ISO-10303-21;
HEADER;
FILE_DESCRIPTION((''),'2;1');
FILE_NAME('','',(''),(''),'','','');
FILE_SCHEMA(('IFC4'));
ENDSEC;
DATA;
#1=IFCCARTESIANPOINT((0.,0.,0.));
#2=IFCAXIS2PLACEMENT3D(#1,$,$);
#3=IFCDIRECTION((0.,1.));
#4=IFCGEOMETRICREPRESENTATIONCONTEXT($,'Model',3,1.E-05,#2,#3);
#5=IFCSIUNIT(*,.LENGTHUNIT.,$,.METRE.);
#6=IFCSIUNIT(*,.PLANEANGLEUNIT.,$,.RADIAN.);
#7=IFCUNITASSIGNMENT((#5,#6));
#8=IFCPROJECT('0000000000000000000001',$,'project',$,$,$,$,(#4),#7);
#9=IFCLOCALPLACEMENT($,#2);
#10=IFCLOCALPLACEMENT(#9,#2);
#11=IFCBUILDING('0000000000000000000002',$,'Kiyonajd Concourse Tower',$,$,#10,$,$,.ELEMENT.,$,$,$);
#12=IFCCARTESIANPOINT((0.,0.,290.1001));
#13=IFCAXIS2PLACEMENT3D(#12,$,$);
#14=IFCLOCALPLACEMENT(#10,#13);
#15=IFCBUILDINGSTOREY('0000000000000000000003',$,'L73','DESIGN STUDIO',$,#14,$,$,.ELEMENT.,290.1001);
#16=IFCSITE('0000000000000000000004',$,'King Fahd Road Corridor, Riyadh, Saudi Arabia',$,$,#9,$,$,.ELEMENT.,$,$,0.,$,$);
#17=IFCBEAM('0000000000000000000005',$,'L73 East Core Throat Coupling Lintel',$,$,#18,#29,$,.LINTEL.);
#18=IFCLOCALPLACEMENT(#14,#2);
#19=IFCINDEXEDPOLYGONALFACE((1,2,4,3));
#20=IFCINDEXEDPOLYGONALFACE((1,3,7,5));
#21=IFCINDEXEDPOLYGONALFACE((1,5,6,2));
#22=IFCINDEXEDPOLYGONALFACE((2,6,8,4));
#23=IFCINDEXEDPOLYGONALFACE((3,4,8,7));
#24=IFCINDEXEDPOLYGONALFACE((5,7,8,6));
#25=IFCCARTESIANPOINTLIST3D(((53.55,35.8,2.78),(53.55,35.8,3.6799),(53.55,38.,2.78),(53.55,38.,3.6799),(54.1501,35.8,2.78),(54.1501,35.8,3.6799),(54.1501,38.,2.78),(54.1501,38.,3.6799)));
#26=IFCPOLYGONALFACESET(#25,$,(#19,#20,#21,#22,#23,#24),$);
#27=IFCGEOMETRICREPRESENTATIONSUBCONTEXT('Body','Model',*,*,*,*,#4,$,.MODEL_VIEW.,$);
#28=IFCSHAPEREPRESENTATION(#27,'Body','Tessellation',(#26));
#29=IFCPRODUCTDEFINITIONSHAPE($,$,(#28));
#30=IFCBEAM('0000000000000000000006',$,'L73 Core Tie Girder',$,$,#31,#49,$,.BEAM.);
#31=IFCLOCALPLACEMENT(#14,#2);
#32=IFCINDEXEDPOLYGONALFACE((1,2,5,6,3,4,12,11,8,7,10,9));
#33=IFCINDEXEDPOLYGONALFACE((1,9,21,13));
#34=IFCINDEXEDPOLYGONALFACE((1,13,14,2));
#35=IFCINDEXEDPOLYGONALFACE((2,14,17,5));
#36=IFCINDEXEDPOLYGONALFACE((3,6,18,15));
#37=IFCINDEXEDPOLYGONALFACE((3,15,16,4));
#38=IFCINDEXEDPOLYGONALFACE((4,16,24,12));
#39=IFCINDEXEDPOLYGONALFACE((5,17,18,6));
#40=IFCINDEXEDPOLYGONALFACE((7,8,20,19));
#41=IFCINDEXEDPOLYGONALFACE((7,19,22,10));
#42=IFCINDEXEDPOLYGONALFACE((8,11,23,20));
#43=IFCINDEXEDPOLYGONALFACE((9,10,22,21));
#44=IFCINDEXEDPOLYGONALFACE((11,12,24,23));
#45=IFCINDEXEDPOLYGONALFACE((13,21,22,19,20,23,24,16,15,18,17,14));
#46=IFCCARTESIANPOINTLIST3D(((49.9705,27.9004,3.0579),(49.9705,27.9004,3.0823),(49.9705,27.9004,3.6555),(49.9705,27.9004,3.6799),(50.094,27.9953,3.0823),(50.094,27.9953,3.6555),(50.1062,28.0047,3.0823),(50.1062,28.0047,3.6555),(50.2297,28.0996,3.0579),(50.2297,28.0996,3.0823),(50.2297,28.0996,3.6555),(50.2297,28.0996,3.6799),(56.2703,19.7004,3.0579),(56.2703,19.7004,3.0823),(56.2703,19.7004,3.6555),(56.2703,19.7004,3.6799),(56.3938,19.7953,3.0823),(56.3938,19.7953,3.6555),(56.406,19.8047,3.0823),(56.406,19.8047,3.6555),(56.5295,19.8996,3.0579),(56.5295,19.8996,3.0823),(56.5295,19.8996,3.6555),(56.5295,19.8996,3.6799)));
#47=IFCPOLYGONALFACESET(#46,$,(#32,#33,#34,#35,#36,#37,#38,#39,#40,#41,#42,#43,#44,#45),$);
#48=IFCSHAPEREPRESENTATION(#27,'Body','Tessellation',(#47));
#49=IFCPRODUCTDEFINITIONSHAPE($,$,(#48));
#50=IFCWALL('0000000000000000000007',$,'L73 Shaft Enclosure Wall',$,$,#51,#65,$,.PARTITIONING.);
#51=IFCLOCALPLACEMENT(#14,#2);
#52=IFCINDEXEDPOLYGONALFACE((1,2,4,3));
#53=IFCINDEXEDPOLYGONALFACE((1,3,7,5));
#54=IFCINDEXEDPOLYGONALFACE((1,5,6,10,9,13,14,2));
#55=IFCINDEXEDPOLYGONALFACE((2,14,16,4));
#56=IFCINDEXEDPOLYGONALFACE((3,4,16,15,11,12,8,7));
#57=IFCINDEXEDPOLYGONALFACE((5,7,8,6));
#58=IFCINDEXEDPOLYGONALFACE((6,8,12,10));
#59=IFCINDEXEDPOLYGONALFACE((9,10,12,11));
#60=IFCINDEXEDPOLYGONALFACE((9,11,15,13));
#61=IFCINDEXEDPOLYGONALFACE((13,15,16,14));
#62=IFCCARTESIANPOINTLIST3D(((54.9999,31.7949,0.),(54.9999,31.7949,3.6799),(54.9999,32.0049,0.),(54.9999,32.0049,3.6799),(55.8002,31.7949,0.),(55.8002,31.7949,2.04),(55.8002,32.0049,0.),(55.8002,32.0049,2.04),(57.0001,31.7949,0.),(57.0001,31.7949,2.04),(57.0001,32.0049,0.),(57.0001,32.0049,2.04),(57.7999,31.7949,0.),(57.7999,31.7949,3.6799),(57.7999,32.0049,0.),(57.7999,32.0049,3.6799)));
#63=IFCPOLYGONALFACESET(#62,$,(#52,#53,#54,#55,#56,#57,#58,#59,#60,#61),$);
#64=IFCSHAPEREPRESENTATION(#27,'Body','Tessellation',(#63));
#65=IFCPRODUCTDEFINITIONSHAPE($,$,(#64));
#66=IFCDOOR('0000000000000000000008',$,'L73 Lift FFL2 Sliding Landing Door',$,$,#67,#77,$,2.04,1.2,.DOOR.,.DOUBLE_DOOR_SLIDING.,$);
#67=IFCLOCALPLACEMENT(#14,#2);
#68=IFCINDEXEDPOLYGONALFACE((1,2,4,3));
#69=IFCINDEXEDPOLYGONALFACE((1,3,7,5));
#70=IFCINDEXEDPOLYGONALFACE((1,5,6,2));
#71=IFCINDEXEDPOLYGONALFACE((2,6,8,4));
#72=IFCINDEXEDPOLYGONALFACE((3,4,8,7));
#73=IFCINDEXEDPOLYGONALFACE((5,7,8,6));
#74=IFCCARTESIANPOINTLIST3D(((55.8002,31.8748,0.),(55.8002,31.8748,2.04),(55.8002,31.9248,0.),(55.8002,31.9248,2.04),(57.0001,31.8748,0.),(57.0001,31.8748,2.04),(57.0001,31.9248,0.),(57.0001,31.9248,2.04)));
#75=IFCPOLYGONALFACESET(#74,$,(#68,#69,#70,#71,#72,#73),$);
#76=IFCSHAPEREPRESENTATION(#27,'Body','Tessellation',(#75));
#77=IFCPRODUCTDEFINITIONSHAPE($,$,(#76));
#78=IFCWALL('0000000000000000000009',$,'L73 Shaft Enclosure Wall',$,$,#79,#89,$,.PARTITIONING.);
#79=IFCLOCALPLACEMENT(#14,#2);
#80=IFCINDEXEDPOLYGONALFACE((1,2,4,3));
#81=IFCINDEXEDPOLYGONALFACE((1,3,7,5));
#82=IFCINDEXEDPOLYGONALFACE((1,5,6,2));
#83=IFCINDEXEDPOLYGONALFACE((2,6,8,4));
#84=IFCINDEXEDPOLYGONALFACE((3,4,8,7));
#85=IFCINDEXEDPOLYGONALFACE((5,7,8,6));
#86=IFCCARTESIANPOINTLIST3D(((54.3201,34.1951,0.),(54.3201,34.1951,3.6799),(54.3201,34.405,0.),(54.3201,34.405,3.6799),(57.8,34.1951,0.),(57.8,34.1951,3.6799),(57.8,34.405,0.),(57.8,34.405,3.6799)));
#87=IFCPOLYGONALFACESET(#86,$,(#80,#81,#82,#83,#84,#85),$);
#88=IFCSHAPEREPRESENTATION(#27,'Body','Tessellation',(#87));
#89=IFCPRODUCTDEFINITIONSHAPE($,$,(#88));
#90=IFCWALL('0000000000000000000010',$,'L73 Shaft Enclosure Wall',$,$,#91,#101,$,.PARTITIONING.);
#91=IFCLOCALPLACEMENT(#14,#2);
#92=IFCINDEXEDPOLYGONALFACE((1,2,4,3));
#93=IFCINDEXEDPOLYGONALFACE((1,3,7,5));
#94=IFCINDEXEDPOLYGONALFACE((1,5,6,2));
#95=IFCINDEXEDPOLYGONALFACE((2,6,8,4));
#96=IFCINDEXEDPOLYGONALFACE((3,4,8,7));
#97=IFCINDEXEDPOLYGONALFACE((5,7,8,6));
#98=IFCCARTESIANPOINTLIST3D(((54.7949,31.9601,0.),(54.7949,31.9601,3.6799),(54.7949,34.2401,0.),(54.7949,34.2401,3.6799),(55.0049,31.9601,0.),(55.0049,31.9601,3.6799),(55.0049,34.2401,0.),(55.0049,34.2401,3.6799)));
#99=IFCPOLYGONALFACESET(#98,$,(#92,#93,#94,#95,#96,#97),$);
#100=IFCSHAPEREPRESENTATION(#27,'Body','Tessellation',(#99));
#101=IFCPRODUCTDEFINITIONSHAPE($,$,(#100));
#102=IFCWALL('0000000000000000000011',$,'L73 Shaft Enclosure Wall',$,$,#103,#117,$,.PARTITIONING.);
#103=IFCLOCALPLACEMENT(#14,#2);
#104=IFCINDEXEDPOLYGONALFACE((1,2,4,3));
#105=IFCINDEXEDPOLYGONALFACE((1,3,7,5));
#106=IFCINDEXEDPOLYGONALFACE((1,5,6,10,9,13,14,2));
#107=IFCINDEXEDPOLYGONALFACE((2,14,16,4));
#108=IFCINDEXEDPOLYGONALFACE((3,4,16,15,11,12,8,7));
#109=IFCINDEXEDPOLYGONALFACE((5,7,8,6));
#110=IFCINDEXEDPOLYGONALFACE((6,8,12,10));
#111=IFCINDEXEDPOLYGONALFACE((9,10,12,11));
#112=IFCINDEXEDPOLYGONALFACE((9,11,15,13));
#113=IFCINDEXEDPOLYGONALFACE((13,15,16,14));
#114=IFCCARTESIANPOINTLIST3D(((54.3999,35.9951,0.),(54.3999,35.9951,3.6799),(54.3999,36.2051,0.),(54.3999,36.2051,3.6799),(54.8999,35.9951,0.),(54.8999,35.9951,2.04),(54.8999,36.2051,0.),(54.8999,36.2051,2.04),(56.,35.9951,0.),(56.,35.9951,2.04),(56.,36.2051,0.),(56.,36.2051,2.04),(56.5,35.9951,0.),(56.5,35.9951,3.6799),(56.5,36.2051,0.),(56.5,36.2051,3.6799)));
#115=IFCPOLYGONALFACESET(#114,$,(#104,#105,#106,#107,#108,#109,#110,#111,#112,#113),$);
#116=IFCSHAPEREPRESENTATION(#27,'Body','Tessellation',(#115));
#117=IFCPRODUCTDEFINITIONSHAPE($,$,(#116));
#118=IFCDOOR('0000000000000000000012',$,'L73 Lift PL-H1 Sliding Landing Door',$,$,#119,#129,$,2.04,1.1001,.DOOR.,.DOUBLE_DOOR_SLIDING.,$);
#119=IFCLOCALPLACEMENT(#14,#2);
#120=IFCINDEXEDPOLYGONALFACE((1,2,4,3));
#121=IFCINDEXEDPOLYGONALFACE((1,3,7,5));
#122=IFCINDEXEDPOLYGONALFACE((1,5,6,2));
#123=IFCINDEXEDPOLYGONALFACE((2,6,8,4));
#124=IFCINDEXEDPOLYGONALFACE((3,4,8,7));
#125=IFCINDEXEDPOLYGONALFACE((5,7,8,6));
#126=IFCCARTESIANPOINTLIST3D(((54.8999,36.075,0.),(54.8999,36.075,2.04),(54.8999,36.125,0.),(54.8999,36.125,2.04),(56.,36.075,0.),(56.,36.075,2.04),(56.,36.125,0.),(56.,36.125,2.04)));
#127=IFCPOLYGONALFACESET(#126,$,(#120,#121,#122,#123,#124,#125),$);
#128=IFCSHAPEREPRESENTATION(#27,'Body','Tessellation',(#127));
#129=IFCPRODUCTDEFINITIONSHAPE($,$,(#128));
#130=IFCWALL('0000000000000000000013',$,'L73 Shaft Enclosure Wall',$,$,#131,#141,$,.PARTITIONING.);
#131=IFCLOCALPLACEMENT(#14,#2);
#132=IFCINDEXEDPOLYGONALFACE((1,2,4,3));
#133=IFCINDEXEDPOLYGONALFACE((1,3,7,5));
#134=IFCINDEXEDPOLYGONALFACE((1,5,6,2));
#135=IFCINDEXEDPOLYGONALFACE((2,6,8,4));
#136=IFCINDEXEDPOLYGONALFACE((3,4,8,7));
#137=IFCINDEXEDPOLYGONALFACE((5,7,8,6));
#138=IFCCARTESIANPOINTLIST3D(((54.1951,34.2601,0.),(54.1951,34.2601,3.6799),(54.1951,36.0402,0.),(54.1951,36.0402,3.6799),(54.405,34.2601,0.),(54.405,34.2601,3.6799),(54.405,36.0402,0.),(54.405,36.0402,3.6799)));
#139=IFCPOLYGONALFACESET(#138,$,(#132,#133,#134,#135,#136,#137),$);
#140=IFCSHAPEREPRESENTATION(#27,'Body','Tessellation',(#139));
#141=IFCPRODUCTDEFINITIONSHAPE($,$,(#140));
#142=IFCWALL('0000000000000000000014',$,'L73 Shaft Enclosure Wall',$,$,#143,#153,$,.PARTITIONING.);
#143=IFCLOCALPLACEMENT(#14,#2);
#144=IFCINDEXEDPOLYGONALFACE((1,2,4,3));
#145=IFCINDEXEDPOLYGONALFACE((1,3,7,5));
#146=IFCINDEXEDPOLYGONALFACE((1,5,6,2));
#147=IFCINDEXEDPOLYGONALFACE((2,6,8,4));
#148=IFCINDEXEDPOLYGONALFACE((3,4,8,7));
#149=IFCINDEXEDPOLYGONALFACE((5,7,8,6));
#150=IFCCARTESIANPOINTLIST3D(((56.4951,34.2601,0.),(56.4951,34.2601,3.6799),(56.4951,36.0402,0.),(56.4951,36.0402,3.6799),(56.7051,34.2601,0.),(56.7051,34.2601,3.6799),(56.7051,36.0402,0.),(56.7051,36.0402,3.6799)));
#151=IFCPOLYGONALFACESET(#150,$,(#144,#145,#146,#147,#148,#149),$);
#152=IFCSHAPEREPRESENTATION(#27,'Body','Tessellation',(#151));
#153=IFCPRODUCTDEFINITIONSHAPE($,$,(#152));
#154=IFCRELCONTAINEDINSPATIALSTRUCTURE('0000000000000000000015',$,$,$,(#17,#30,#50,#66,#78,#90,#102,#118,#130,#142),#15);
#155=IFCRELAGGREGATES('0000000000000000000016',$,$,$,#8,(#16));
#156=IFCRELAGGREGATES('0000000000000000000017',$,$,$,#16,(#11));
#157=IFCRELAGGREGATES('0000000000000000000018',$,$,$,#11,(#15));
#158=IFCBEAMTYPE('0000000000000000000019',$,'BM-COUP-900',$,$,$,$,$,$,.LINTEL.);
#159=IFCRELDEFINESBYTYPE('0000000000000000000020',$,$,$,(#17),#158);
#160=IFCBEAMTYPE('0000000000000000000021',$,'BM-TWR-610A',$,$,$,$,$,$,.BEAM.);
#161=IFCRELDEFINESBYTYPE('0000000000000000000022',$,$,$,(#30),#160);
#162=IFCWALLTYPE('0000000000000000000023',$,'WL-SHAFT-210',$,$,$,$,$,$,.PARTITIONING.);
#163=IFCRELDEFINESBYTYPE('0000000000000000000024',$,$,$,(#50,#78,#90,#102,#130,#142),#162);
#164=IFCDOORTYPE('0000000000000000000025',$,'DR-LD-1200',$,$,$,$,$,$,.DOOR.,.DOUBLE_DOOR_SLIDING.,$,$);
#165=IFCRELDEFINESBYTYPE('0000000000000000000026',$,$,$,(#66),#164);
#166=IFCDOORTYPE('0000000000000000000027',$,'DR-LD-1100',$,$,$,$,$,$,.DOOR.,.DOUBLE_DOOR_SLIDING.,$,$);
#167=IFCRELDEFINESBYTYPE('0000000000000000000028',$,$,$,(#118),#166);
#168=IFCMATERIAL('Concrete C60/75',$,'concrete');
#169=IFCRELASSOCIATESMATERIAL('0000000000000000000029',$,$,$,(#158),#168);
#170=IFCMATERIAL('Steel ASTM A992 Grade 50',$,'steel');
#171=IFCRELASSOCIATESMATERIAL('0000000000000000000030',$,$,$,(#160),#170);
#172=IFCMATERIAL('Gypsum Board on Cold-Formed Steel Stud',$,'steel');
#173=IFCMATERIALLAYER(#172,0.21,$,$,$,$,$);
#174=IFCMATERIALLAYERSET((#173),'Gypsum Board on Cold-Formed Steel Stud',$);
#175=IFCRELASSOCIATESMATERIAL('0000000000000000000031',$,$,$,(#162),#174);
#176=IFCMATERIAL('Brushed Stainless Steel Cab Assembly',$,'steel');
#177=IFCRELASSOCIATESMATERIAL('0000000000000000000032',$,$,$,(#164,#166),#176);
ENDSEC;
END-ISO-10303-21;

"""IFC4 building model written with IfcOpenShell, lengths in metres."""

from ifc_helpers import new_model, si_unit, direction, frame, frame_2d, origin, origin_2d, place, context, subcontext, project, spatial, rectangle, i_section, extrude, material, layer, layer_set, material_profile, profile_set, type_object, element, fill, save


model = new_model("IFC4")

# Units and contexts
model_context = context("Model", 3, precision=1e-05, world=origin(), true_north=direction((0.0, 1.0)))
body_context = subcontext(model_context, "Body", "Model", "MODEL_VIEW")
ifc_project = project(units=[si_unit("LENGTHUNIT", "METRE"), si_unit("PLANEANGLEUNIT", "RADIAN")], contexts=[model_context])

# Site, building, storey
site_placement = place(None, origin())
site = spatial("IfcSite", under=ifc_project, at=site_placement, Name="King Fahd Road Corridor, Riyadh, Saudi Arabia", CompositionType="ELEMENT", RefElevation=0.0)
building_placement = place(site_placement, origin())
building = spatial("IfcBuilding", under=site, at=building_placement, Name="Kiyonajd Concourse Tower", CompositionType="ELEMENT")
storey_placement = place(building_placement, frame((0.0, 0.0, 290.1001)))
storey = spatial("IfcBuildingStorey", under=building, at=storey_placement, Name="L73", Description="DESIGN STUDIO", CompositionType="ELEMENT", Elevation=290.1001)

# Beams
ifc_material_1 = material(Name="Concrete C60/75", Category="concrete")
ifc_material_profile_1 = material_profile(ifc_material_1, rectangle(XDim=0.6001, YDim=0.8999, at=origin_2d()), Name="RCBM-600x900")
ifc_profile_set_1 = profile_set([ifc_material_profile_1], Name="Concrete C60/75")
beam_type_1 = type_object("IfcBeamType", Name="BM-COUP-900", PredefinedType="LINTEL", material=ifc_profile_set_1)
beam_1_placement = place(storey_placement, frame((53.8501, 35.8, 3.23), z_axis=(0.0, 1.0, 0.0), x_axis=(-1.0, 0.0, 0.0)))
element("IfcBeam", 1, at=beam_1_placement, inside=storey, type_object=beam_type_1, Name="L73 East Core Throat Coupling Lintel", PredefinedType="LINTEL", context=body_context, shape_type="SweptSolid", body=[
    extrude(rectangle(XDim=0.6001, YDim=0.8999, at=origin_2d()), origin(), (0.0, 0.0, 1.0), 2.2),
])
ifc_material_2 = material(Name="Steel ASTM A992 Grade 50", Category="steel")
ifc_material_profile_2 = material_profile(ifc_material_2, i_section(OverallWidth=0.3269, OverallDepth=0.6221, WebThickness=0.0154, FlangeThickness=0.0244, at=origin_2d()), Name="W610X195")
ifc_profile_set_2 = profile_set([ifc_material_profile_2], Name="Steel ASTM A992 Grade 50")
beam_type_2 = type_object("IfcBeamType", Name="BM-TWR-610A", PredefinedType="BEAM", material=ifc_profile_set_2)
beam_2_placement = place(storey_placement, frame((50.1001, 28.0, 3.3689), z_axis=(0.609234, -0.792991, 0.0), x_axis=(0.792991, 0.609234, 0.0)))
element("IfcBeam", 2, at=beam_2_placement, inside=storey, type_object=beam_type_2, Name="L73 Core Tie Girder", PredefinedType="BEAM", context=body_context, shape_type="SweptSolid", body=[
    extrude(i_section(OverallWidth=0.3269, OverallDepth=0.6221, WebThickness=0.0154, FlangeThickness=0.0244, at=origin_2d()), origin(), (0.0, 0.0, 1.0), 10.3406),
])

# Wall, opening, door
ifc_material_3 = material(Name="Gypsum Board on Cold-Formed Steel Stud", Category="steel")
ifc_layer_1 = layer(ifc_material_3, 0.21)
ifc_layer_set_1 = layer_set([ifc_layer_1], Name="Gypsum Board on Cold-Formed Steel Stud")
wall_type_1 = type_object("IfcWallType", Name="WL-SHAFT-210", PredefinedType="PARTITIONING", material=ifc_layer_set_1)
wall_1_placement = place(storey_placement, frame((55.0, 31.8999, 0.0), z_axis=(0.0, 0.0, 1.0), x_axis=(1.0, 0.0, 0.0)))
wall_1 = element("IfcWall", 3, at=wall_1_placement, inside=storey, type_object=wall_type_1, Name="L73 Shaft Enclosure Wall", PredefinedType="PARTITIONING", context=body_context, shape_type="SweptSolid", body=[
    extrude(rectangle(XDim=2.8, YDim=0.21, at=frame_2d((1.3999, 0.0))), origin(), (0.0, 0.0, 1.0), 3.6799),
])
opening_1_placement = place(wall_1_placement, frame((0.8, 0.0, 0.0)))
opening_1 = element("IfcOpeningElement", 4, at=opening_1_placement, cuts=wall_1, PredefinedType="OPENING", context=body_context, shape_type="SweptSolid", body=[
    extrude(rectangle(XDim=1.2, YDim=2.04, at=frame_2d((0.6001, 1.02))), frame((0.0, 0.115, 0.0), z_axis=(0.0, -1.0, 0.0), x_axis=(1.0, 0.0, 0.0)), (0.0, 0.0, 1.0), 0.23),
])
ifc_material_4 = material(Name="Brushed Stainless Steel Cab Assembly", Category="steel")
door_type_1 = type_object("IfcDoorType", Name="DR-LD-1200", OperationType="DOUBLE_DOOR_SLIDING", PredefinedType="DOOR", material=ifc_material_4)
door_1_placement = place(opening_1_placement, origin())
door_1 = element("IfcDoor", 5, at=door_1_placement, inside=storey, type_object=door_type_1, Name="L73 Lift FFL2 Sliding Landing Door", OperationType="DOUBLE_DOOR_SLIDING", OverallHeight=2.04, OverallWidth=1.2, PredefinedType="DOOR", context=body_context, shape_type="SweptSolid", body=[
    extrude(rectangle(XDim=1.2, YDim=2.04, at=frame_2d((0.6001, 1.02))), frame((0.0, 0.0249, 0.0), z_axis=(0.0, -1.0, 0.0), x_axis=(1.0, 0.0, 0.0)), (0.0, 0.0, 1.0), 0.05),
])
fill(opening_1, door_1)

# Walls
wall_2_placement = place(storey_placement, frame((54.3201, 34.3, 0.0), z_axis=(0.0, 0.0, 1.0), x_axis=(1.0, 0.0, 0.0)))
element("IfcWall", 6, at=wall_2_placement, inside=storey, type_object=wall_type_1, Name="L73 Shaft Enclosure Wall", PredefinedType="PARTITIONING", context=body_context, shape_type="SweptSolid", body=[
    extrude(rectangle(XDim=3.48, YDim=0.21, at=frame_2d((1.74, 0.0))), origin(), (0.0, 0.0, 1.0), 3.6799),
])
wall_3_placement = place(storey_placement, frame((54.8999, 31.96, 0.0), z_axis=(0.0, 0.0, 1.0), x_axis=(0.0, 1.0, 0.0)))
element("IfcWall", 7, at=wall_3_placement, inside=storey, type_object=wall_type_1, Name="L73 Shaft Enclosure Wall", PredefinedType="PARTITIONING", context=body_context, shape_type="SweptSolid", body=[
    extrude(rectangle(XDim=2.28, YDim=0.21, at=frame_2d((1.1401, 0.0))), origin(), (0.0, 0.0, 1.0), 3.6799),
])

# Wall, opening, door
wall_4_placement = place(storey_placement, frame((54.3999, 36.1001, 0.0), z_axis=(0.0, 0.0, 1.0), x_axis=(1.0, 0.0, 0.0)))
wall_4 = element("IfcWall", 8, at=wall_4_placement, inside=storey, type_object=wall_type_1, Name="L73 Shaft Enclosure Wall", PredefinedType="PARTITIONING", context=body_context, shape_type="SweptSolid", body=[
    extrude(rectangle(XDim=2.1001, YDim=0.21, at=frame_2d((1.05, 0.0))), origin(), (0.0, 0.0, 1.0), 3.6799),
])
opening_2_placement = place(wall_4_placement, frame((0.5, 0.0, 0.0)))
opening_2 = element("IfcOpeningElement", 9, at=opening_2_placement, cuts=wall_4, PredefinedType="OPENING", context=body_context, shape_type="SweptSolid", body=[
    extrude(rectangle(XDim=1.1001, YDim=2.04, at=frame_2d((0.55, 1.02))), frame((0.0, 0.115, 0.0), z_axis=(0.0, -1.0, 0.0), x_axis=(1.0, 0.0, 0.0)), (0.0, 0.0, 1.0), 0.23),
])
door_type_2 = type_object("IfcDoorType", Name="DR-LD-1100", OperationType="DOUBLE_DOOR_SLIDING", PredefinedType="DOOR", material=ifc_material_4)
door_2_placement = place(opening_2_placement, origin())
door_2 = element("IfcDoor", 10, at=door_2_placement, inside=storey, type_object=door_type_2, Name="L73 Lift PL-H1 Sliding Landing Door", OperationType="DOUBLE_DOOR_SLIDING", OverallHeight=2.04, OverallWidth=1.1001, PredefinedType="DOOR", context=body_context, shape_type="SweptSolid", body=[
    extrude(rectangle(XDim=1.1001, YDim=2.04, at=frame_2d((0.55, 1.02))), frame((0.0, 0.0249, 0.0), z_axis=(0.0, -1.0, 0.0), x_axis=(1.0, 0.0, 0.0)), (0.0, 0.0, 1.0), 0.05),
])
fill(opening_2, door_2)

# Walls
for number, where, z_axis, x_axis, name in (
    (11, (54.3, 34.26, 0.0), (0.0, 0.0, 1.0), (0.0, 1.0, 0.0), "L73 Shaft Enclosure Wall"),
    (12, (56.6001, 34.26, 0.0), (0.0, 0.0, 1.0), (0.0, 1.0, 0.0), "L73 Shaft Enclosure Wall"),
):
    element("IfcWall", number, at=place(storey_placement, frame(where, z_axis=z_axis, x_axis=x_axis)), inside=storey, type_object=wall_type_1, Name=name, PredefinedType="PARTITIONING", context=body_context, shape_type="SweptSolid", body=[
        extrude(rectangle(XDim=1.78, YDim=0.21, at=frame_2d((0.8901, 0.0))), origin(), (0.0, 0.0, 1.0), 3.6799),
    ])

save(model, "model.ifc")
